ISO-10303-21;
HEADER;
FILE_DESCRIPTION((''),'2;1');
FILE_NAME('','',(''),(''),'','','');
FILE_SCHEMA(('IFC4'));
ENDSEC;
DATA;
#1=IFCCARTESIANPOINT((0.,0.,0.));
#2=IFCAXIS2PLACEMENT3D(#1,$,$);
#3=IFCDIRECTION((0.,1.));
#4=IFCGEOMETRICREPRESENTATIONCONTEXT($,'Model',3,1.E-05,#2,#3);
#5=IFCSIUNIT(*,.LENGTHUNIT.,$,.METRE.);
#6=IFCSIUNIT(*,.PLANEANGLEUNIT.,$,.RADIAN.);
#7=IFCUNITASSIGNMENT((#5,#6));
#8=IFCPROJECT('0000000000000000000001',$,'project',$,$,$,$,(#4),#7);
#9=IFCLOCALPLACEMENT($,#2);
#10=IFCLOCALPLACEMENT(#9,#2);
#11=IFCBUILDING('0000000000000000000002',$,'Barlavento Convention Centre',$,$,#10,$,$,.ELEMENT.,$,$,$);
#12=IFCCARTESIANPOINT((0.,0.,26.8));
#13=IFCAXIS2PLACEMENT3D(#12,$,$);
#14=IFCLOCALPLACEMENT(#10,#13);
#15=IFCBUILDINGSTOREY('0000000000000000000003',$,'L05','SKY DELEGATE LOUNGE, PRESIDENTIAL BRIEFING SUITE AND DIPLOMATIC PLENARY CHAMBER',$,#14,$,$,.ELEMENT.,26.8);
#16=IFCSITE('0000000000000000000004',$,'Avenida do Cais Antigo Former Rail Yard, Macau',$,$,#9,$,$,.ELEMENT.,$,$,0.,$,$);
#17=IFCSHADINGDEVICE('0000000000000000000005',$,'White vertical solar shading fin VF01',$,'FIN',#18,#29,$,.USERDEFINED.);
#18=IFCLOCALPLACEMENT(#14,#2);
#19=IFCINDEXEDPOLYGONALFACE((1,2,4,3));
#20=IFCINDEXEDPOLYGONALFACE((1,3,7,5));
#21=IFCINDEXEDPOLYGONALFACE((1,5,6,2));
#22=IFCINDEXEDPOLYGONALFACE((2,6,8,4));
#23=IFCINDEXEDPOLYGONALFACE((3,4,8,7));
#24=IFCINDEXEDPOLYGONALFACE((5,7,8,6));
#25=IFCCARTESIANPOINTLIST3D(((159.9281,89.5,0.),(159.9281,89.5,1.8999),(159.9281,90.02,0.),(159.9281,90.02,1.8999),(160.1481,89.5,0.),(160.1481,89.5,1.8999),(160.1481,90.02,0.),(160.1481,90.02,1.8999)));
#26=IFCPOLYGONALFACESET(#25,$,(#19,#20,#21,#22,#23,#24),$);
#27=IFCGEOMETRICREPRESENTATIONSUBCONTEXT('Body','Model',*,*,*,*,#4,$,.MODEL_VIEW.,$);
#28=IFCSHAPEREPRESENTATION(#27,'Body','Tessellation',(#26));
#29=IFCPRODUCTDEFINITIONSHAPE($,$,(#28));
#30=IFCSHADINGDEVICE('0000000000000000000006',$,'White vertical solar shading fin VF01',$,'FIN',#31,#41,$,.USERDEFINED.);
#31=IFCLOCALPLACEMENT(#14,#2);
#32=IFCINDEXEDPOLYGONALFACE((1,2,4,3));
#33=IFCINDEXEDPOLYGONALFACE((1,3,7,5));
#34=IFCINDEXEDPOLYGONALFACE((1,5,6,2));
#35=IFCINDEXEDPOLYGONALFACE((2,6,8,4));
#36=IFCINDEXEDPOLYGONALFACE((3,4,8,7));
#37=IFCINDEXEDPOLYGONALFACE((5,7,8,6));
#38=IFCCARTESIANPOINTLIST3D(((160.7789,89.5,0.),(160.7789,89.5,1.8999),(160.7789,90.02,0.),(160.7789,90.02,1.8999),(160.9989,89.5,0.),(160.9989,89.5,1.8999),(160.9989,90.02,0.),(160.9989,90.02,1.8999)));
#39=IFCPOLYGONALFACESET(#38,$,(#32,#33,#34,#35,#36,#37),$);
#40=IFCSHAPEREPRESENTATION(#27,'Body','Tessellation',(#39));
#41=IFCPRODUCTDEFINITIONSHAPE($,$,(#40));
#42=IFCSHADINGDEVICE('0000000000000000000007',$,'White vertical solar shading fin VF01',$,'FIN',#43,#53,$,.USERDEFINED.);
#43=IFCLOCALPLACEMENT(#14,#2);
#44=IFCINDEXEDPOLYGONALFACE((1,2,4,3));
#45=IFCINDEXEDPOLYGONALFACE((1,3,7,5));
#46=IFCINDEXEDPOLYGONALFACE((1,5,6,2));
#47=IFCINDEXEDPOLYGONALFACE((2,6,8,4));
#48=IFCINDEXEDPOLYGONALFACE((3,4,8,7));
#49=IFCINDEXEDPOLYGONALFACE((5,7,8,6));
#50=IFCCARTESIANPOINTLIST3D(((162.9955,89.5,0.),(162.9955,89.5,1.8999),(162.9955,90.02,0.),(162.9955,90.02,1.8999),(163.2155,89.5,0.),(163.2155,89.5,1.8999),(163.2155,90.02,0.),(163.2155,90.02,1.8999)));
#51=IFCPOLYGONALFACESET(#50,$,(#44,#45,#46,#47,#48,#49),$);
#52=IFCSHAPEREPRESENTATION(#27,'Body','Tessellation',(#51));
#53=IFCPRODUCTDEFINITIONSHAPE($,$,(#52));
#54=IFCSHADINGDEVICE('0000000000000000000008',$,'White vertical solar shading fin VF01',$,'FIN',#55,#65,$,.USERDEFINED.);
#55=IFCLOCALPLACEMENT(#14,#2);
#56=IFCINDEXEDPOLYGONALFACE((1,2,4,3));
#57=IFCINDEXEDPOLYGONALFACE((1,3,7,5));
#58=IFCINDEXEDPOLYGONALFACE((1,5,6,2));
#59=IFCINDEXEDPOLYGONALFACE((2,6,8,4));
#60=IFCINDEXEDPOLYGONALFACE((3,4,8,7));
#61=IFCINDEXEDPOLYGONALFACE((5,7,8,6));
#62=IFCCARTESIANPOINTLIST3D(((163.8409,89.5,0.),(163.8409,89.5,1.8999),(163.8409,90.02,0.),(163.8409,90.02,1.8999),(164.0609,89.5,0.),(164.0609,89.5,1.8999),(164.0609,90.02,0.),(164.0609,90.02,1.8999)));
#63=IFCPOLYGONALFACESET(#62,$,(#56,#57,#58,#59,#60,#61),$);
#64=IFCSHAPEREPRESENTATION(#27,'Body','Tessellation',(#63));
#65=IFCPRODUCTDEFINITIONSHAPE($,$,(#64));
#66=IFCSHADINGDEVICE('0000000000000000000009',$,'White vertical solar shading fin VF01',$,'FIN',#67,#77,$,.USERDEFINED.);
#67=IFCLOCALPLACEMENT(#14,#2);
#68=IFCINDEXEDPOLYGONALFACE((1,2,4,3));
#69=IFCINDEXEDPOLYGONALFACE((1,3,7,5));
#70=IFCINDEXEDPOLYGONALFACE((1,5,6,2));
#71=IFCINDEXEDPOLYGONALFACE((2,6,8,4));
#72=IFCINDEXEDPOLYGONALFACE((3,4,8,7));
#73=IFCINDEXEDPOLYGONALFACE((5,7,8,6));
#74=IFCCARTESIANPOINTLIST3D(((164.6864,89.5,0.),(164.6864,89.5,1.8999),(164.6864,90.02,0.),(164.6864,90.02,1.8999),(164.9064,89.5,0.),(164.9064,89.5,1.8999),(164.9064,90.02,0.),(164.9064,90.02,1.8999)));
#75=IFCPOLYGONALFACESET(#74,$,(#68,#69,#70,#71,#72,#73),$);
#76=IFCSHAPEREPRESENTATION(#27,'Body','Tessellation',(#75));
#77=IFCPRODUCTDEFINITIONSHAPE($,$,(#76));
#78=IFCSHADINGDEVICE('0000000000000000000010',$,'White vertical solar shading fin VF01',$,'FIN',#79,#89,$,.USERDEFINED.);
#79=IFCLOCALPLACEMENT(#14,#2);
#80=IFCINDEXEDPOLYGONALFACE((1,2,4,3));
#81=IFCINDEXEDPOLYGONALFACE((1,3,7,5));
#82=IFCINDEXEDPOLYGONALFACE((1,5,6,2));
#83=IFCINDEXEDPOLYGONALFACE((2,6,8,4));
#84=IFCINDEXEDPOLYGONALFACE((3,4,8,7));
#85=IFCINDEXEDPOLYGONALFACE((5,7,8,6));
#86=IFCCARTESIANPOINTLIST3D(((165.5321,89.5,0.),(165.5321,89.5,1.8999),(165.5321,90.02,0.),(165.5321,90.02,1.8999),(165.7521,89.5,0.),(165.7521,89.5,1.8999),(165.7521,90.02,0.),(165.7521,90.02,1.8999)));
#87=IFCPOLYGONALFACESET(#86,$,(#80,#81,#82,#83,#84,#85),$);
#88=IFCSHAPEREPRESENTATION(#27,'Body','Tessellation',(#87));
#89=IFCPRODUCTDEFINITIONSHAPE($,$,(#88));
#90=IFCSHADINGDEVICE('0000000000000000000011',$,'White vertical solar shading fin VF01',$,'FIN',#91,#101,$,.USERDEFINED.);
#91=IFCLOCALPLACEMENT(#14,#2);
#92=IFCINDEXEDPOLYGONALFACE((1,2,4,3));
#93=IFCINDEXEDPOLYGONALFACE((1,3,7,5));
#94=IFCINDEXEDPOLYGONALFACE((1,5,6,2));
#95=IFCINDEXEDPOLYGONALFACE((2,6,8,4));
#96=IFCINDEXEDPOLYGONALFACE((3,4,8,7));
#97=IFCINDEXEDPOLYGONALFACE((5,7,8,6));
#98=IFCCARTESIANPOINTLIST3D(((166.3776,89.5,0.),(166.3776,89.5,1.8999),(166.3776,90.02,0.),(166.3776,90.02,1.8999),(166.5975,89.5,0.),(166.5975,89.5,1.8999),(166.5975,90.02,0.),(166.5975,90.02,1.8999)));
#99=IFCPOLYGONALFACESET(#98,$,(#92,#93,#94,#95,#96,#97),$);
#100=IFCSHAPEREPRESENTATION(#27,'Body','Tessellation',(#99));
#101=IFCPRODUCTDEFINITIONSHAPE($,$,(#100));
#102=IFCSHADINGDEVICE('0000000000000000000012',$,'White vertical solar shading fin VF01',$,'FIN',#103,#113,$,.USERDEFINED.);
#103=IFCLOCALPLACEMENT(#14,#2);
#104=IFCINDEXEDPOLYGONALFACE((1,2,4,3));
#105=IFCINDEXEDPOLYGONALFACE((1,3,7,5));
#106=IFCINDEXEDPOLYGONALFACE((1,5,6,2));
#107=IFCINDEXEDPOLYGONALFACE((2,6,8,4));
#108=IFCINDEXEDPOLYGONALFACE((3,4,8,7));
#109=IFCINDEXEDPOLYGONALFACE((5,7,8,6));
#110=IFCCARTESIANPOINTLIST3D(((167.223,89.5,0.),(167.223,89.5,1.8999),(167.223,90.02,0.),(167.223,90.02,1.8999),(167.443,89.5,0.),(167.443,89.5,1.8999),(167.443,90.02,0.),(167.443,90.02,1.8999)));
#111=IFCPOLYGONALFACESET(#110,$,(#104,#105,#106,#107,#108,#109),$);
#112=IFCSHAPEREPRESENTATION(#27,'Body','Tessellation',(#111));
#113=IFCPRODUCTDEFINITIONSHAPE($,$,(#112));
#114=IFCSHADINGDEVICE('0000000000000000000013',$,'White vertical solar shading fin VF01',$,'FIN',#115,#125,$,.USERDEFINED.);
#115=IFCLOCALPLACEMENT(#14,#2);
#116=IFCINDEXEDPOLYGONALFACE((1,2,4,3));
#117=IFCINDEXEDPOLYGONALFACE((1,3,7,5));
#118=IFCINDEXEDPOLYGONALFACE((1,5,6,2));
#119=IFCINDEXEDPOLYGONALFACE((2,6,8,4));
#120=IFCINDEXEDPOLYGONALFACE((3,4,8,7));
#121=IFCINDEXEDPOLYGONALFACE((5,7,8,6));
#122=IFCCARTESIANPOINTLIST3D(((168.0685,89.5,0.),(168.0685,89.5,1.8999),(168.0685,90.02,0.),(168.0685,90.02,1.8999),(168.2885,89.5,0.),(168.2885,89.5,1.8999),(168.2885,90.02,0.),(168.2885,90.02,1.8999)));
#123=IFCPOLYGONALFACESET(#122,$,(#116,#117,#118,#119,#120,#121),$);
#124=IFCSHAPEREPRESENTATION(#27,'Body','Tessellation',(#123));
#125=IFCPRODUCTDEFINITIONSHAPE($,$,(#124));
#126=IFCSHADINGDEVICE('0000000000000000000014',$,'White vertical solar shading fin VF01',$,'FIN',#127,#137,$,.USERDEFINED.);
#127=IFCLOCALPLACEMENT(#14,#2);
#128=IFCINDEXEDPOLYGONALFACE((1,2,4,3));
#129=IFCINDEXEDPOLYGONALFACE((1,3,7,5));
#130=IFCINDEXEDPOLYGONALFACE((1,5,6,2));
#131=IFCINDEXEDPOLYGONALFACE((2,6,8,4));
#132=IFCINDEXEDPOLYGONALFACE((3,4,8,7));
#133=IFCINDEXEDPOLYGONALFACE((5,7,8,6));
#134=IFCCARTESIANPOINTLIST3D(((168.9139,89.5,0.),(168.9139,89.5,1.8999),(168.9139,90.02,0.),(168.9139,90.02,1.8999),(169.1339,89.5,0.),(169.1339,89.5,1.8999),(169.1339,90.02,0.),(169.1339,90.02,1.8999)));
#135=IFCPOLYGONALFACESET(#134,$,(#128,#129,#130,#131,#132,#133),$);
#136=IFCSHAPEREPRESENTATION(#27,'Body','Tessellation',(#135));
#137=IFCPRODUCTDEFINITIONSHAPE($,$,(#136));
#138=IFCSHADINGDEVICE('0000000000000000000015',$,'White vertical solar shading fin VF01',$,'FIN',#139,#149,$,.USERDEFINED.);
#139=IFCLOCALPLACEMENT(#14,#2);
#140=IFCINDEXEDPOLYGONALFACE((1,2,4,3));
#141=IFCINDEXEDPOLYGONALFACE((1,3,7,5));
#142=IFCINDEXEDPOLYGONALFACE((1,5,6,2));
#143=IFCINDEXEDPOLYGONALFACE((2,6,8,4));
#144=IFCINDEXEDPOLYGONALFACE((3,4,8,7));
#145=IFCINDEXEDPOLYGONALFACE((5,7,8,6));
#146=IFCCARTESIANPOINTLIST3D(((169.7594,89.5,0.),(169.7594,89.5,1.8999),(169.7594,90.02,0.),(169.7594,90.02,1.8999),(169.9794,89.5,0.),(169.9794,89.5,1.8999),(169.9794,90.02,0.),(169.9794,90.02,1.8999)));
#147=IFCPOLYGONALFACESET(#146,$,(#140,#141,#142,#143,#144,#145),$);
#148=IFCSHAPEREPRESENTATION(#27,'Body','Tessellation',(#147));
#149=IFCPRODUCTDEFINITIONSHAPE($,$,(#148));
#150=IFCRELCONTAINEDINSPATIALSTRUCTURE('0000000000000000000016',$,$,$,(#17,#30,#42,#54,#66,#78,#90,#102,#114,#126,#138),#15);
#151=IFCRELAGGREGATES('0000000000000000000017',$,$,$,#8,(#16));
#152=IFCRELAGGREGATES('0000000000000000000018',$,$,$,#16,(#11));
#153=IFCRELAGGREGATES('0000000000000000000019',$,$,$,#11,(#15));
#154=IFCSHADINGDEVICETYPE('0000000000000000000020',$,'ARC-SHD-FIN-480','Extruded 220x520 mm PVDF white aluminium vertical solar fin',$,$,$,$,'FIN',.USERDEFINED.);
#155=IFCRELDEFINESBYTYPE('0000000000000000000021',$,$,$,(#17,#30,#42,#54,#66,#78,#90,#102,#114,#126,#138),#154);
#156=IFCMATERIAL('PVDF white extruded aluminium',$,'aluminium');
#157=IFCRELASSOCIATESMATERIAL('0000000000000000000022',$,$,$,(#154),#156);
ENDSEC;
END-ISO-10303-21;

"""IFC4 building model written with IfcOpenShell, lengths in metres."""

from ifc_helpers import new_model, si_unit, direction, frame, origin, origin_2d, place, context, subcontext, project, spatial, rectangle, extrude, material, type_object, element, save


model = new_model("IFC4")

# Units and contexts
model_context = context("Model", 3, precision=1e-05, world=origin(), true_north=direction((0.0, 1.0)))
body_context = subcontext(model_context, "Body", "Model", "MODEL_VIEW")
ifc_project = project(units=[si_unit("LENGTHUNIT", "METRE"), si_unit("PLANEANGLEUNIT", "RADIAN")], contexts=[model_context])

# Site, building, storey
site_placement = place(None, origin())
site = spatial("IfcSite", under=ifc_project, at=site_placement, Name="Avenida do Cais Antigo Former Rail Yard, Macau", CompositionType="ELEMENT", RefElevation=0.0)
building_placement = place(site_placement, origin())
building = spatial("IfcBuilding", under=site, at=building_placement, Name="Barlavento Convention Centre", CompositionType="ELEMENT")
storey_placement = place(building_placement, frame((0.0, 0.0, 26.8)))
storey = spatial("IfcBuildingStorey", under=building, at=storey_placement, Name="L05", Description="SKY DELEGATE LOUNGE, PRESIDENTIAL BRIEFING SUITE AND DIPLOMATIC PLENARY CHAMBER", CompositionType="ELEMENT", Elevation=26.8)

# Shading devices
ifc_material_1 = material(Name="PVDF white extruded aluminium", Category="aluminium")
shading_device_type = type_object("IfcShadingDeviceType", Name="ARC-SHD-FIN-480", Description="Extruded 220x520 mm PVDF white aluminium vertical solar fin", ElementType="FIN", PredefinedType="USERDEFINED", material=ifc_material_1)
for number, where, z_axis, x_axis, name in (
    (1, (160.0381, 89.76, 0.0), (0.0, 0.0, 1.0), (1.0, 0.0, 0.0), "White vertical solar shading fin VF01"),
    (2, (160.8889, 89.76, 0.0), (0.0, 0.0, 1.0), (1.0, 0.0, 0.0), "White vertical solar shading fin VF01"),
    (3, (163.1055, 89.76, 0.0), (0.0, 0.0, 1.0), (1.0, 0.0, 0.0), "White vertical solar shading fin VF01"),
    (4, (163.9509, 89.76, 0.0), (0.0, 0.0, 1.0), (1.0, 0.0, 0.0), "White vertical solar shading fin VF01"),
    (5, (164.7964, 89.76, 0.0), (0.0, 0.0, 1.0), (1.0, 0.0, 0.0), "White vertical solar shading fin VF01"),
    (6, (165.6421, 89.76, 0.0), (0.0, 0.0, 1.0), (1.0, 0.0, 0.0), "White vertical solar shading fin VF01"),
    (7, (166.4875, 89.76, 0.0), (0.0, 0.0, 1.0), (1.0, 0.0, 0.0), "White vertical solar shading fin VF01"),
    (8, (167.333, 89.76, 0.0), (0.0, 0.0, 1.0), (1.0, 0.0, 0.0), "White vertical solar shading fin VF01"),
    (9, (168.1785, 89.76, 0.0), (0.0, 0.0, 1.0), (1.0, 0.0, 0.0), "White vertical solar shading fin VF01"),
    (10, (169.0239, 89.76, 0.0), (0.0, 0.0, 1.0), (1.0, 0.0, 0.0), "White vertical solar shading fin VF01"),
    (11, (169.8694, 89.76, 0.0), (0.0, 0.0, 1.0), (1.0, 0.0, 0.0), "White vertical solar shading fin VF01"),
):
    element("IfcShadingDevice", number, at=place(storey_placement, frame(where, z_axis=z_axis, x_axis=x_axis)), inside=storey, type_object=shading_device_type, Name=name, ObjectType="FIN", PredefinedType="USERDEFINED", context=body_context, shape_type="SweptSolid", body=[
        extrude(rectangle(XDim=0.22, YDim=0.52, at=origin_2d()), origin(), (0.0, 0.0, 1.0), 1.8999),
    ])

save(model, "model.ifc")
